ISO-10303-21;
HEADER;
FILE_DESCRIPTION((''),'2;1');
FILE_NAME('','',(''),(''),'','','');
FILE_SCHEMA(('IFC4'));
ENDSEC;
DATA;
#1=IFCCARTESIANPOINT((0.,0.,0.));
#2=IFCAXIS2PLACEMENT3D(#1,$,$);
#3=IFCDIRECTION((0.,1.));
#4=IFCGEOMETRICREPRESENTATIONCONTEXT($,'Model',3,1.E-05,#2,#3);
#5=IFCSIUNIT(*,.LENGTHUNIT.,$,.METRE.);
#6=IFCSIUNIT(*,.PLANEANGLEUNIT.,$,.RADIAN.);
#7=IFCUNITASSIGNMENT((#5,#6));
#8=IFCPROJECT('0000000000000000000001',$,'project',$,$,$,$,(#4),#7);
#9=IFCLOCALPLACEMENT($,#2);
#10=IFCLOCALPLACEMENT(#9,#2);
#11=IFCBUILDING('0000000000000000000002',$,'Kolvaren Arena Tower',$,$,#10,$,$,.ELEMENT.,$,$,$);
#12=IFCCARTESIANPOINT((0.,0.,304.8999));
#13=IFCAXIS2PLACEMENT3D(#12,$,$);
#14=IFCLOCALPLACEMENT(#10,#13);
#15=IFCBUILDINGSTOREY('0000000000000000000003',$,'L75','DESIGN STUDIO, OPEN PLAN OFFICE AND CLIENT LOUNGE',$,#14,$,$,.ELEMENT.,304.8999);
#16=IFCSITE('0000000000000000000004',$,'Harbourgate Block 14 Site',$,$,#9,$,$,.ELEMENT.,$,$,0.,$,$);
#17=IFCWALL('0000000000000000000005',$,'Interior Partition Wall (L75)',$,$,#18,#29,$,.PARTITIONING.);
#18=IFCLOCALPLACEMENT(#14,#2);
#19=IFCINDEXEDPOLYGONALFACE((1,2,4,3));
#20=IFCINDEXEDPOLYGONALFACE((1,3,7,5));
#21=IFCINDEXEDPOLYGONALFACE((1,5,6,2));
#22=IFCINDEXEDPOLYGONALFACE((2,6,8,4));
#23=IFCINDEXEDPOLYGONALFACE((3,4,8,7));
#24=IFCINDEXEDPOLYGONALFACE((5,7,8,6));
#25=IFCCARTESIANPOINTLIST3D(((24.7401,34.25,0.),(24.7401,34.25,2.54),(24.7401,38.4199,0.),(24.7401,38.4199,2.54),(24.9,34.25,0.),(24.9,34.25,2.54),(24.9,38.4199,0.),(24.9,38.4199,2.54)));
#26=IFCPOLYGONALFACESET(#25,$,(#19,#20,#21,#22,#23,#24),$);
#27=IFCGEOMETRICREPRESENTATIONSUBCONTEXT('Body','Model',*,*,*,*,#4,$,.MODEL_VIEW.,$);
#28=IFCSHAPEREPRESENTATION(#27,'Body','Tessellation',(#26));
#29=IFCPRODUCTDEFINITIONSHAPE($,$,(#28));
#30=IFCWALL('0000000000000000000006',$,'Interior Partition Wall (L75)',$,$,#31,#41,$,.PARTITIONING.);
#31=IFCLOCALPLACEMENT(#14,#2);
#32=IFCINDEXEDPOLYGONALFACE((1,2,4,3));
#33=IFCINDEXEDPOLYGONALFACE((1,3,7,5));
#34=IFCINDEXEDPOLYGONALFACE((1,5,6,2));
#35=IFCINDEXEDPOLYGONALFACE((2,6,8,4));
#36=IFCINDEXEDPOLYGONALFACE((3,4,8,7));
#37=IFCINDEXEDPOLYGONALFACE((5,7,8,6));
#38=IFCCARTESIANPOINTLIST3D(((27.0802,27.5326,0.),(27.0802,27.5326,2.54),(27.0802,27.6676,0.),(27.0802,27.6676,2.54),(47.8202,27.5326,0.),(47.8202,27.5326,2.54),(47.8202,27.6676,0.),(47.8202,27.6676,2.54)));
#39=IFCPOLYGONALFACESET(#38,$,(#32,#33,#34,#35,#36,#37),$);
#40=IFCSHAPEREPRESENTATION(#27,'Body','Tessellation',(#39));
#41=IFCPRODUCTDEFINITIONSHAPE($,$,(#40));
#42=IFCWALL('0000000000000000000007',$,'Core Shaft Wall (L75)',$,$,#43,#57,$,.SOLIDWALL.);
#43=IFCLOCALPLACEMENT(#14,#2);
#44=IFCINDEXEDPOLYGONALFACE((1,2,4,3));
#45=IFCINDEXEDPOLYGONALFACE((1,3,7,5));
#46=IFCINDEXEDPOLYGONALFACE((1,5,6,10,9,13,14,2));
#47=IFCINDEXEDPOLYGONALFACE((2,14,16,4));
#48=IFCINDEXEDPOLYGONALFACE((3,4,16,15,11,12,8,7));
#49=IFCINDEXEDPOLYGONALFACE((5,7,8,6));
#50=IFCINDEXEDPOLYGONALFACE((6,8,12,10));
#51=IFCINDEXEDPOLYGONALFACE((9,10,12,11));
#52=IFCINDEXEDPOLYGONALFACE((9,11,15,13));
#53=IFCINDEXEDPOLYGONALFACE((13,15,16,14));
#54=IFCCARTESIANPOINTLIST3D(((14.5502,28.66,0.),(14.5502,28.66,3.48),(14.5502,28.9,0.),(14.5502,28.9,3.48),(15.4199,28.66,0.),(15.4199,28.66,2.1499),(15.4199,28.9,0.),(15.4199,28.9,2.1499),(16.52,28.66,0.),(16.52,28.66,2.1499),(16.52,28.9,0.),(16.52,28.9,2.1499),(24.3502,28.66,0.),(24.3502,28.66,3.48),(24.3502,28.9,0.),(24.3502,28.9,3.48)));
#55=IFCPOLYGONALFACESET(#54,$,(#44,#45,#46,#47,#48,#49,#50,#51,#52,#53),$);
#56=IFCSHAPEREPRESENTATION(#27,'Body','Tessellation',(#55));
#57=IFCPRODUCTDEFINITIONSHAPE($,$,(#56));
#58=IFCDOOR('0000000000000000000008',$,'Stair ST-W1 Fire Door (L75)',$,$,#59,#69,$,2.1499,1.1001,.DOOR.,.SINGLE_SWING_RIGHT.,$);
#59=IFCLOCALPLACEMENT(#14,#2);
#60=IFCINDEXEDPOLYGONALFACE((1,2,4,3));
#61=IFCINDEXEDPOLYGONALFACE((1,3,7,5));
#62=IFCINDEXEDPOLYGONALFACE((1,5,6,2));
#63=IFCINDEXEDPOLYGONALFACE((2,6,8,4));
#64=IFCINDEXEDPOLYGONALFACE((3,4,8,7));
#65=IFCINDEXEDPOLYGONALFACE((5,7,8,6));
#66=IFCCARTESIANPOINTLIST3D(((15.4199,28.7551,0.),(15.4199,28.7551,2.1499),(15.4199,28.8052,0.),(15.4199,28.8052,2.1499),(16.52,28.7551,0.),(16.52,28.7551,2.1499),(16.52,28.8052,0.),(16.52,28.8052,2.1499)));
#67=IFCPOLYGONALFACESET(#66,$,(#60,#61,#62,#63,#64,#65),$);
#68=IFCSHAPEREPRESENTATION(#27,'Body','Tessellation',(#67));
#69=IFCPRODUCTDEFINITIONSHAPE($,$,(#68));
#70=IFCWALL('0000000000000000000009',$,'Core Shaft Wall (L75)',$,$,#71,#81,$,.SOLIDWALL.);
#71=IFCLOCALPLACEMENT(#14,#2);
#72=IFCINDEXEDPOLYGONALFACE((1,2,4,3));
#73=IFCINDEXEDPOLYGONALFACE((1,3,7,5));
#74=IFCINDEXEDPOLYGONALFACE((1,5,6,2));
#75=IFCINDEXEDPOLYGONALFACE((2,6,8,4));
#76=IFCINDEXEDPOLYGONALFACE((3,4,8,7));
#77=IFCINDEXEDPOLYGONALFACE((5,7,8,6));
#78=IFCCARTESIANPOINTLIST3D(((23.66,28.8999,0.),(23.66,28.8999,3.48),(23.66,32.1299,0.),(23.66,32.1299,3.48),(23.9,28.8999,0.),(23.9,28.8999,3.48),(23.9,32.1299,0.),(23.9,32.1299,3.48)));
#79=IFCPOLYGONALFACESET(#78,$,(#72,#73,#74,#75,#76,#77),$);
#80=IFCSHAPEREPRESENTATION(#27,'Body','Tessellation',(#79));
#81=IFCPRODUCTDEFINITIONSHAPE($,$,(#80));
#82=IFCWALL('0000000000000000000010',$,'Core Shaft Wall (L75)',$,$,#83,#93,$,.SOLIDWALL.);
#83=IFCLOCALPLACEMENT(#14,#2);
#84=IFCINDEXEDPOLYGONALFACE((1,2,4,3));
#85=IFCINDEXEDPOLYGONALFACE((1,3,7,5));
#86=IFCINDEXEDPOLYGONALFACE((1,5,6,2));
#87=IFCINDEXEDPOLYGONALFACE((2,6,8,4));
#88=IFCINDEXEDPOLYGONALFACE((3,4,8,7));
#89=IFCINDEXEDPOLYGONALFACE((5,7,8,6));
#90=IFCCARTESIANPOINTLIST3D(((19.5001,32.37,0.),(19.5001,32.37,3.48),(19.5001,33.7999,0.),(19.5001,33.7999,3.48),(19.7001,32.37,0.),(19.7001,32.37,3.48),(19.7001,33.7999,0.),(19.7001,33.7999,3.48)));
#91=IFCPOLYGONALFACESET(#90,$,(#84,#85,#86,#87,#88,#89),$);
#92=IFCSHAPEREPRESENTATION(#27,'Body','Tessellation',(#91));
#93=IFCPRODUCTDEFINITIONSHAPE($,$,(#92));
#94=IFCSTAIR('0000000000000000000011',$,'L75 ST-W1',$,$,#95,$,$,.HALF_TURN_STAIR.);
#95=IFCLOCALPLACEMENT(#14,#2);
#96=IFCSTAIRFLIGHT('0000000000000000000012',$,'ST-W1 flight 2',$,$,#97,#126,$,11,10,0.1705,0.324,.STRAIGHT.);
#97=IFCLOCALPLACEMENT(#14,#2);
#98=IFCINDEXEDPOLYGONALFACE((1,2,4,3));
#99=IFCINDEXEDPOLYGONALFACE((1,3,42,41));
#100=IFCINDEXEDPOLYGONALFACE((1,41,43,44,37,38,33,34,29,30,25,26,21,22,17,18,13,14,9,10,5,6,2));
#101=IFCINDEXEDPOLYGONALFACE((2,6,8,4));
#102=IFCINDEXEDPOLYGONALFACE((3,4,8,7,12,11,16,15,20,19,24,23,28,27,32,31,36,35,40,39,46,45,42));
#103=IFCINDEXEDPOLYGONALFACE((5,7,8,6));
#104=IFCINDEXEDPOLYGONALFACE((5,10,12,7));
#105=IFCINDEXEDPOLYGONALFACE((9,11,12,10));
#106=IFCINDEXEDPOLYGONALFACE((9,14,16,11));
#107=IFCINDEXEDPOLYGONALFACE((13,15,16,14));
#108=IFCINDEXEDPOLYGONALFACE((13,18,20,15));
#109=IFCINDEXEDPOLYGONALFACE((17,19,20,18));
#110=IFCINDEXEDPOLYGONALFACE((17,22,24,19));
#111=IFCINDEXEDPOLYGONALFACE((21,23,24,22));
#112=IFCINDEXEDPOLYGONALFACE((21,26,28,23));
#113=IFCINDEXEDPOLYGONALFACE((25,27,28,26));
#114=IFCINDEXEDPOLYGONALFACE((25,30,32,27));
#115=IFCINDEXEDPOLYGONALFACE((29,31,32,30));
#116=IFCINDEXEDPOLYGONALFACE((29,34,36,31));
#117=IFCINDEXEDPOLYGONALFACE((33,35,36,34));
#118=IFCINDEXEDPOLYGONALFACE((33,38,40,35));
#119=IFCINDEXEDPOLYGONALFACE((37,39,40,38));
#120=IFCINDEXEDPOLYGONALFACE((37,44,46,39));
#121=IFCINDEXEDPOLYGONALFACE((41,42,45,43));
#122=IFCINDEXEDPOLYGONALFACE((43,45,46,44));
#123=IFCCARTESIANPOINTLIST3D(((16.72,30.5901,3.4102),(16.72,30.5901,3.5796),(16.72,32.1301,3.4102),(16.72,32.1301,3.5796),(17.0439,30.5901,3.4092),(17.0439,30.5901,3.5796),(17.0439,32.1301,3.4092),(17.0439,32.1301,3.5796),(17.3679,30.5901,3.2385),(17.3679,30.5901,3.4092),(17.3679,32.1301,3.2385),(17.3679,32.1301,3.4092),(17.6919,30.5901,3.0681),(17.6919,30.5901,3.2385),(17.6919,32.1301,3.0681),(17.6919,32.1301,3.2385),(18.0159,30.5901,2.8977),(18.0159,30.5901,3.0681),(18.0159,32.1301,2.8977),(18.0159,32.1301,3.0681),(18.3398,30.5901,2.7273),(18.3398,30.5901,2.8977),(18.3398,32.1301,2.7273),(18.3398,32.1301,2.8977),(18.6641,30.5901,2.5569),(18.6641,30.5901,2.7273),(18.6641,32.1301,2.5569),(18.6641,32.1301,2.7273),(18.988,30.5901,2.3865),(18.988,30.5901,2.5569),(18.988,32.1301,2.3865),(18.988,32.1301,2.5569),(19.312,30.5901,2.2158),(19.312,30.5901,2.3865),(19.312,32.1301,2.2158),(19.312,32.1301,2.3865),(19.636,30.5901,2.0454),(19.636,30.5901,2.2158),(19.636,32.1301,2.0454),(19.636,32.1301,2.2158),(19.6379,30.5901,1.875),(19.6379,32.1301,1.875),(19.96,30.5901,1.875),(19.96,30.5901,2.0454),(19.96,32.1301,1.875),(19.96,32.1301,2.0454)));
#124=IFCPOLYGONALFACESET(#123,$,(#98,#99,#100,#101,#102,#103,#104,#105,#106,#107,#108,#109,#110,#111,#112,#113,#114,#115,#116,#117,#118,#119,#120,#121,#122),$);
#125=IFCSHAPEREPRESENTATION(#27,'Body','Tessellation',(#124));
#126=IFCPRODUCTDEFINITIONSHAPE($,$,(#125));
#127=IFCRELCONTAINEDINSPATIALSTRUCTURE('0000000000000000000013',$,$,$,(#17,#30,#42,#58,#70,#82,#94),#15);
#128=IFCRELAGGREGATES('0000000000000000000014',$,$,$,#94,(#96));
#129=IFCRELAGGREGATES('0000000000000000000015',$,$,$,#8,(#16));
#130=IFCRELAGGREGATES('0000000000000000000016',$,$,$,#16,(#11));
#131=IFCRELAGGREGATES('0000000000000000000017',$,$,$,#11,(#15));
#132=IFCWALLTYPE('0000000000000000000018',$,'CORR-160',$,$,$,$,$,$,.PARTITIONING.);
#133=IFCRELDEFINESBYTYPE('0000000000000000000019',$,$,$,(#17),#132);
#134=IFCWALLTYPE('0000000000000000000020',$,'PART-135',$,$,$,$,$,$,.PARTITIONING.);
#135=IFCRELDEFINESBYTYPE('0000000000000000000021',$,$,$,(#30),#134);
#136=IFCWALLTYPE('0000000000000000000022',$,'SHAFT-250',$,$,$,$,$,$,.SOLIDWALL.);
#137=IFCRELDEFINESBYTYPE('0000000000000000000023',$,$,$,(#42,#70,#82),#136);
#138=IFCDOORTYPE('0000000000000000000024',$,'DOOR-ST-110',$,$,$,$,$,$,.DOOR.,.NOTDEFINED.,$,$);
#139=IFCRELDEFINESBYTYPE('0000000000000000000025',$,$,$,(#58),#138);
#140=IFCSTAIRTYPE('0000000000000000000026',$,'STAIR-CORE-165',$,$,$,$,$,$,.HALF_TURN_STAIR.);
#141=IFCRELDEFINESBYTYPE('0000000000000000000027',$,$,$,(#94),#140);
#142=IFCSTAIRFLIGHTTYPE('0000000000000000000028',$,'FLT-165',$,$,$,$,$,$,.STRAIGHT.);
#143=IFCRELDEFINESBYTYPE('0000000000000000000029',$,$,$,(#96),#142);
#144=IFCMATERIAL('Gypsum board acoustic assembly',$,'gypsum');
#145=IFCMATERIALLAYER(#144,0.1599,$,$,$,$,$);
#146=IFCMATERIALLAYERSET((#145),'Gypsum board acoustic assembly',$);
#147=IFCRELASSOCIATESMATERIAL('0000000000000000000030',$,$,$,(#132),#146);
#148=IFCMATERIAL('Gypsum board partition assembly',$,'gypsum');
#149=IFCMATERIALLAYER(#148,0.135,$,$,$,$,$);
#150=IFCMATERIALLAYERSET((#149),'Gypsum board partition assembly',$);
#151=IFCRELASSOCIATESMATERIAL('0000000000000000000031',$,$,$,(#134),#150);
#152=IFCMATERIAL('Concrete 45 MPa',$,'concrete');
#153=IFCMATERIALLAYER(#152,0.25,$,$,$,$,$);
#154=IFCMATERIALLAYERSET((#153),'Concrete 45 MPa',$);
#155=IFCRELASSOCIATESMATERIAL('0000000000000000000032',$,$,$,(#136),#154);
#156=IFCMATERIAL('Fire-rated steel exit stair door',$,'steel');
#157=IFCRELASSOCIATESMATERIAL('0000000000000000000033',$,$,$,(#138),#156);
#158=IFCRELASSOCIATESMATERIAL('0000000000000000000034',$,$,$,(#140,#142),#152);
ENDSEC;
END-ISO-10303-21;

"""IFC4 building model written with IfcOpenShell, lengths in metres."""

from ifc_helpers import new_model, si_unit, direction, frame, frame_2d, origin, place, context, subcontext, project, spatial, polyline, rectangle, outline, extrude, material, layer, layer_set, type_object, element, fill, aggregate, save


model = new_model("IFC4")

# Units and contexts
model_context = context("Model", 3, precision=1e-05, world=origin(), true_north=direction((0.0, 1.0)))
body_context = subcontext(model_context, "Body", "Model", "MODEL_VIEW")
ifc_project = project(units=[si_unit("LENGTHUNIT", "METRE"), si_unit("PLANEANGLEUNIT", "RADIAN")], contexts=[model_context])

# Site, building, storey
site_placement = place(None, origin())
site = spatial("IfcSite", under=ifc_project, at=site_placement, Name="Harbourgate Block 14 Site", CompositionType="ELEMENT", RefElevation=0.0)
building_placement = place(site_placement, origin())
building = spatial("IfcBuilding", under=site, at=building_placement, Name="Kolvaren Arena Tower", CompositionType="ELEMENT")
storey_placement = place(building_placement, frame((0.0, 0.0, 304.8999)))
storey = spatial("IfcBuildingStorey", under=building, at=storey_placement, Name="L75", Description="DESIGN STUDIO, OPEN PLAN OFFICE AND CLIENT LOUNGE", CompositionType="ELEMENT", Elevation=304.8999)

# Walls
ifc_material_1 = material(Name="Gypsum board acoustic assembly", Category="gypsum")
ifc_layer_1 = layer(ifc_material_1, 0.1599)
ifc_layer_set_1 = layer_set([ifc_layer_1], Name="Gypsum board acoustic assembly")
wall_type_1 = type_object("IfcWallType", Name="CORR-160", PredefinedType="PARTITIONING", material=ifc_layer_set_1)
wall_1_placement = place(storey_placement, frame((24.8201, 34.25, 0.0), z_axis=(0.0, 0.0, 1.0), x_axis=(0.0, 1.0, 0.0)))
element("IfcWall", 1, at=wall_1_placement, inside=storey, type_object=wall_type_1, Name="Interior Partition Wall (L75)", PredefinedType="PARTITIONING", context=body_context, shape_type="SweptSolid", body=[
    extrude(rectangle(XDim=4.1699, YDim=0.1599, at=frame_2d((2.085, 0.0))), origin(), (0.0, 0.0, 1.0), 2.54),
])
ifc_material_2 = material(Name="Gypsum board partition assembly", Category="gypsum")
ifc_layer_2 = layer(ifc_material_2, 0.135)
ifc_layer_set_2 = layer_set([ifc_layer_2], Name="Gypsum board partition assembly")
wall_type_2 = type_object("IfcWallType", Name="PART-135", PredefinedType="PARTITIONING", material=ifc_layer_set_2)
wall_2_placement = place(storey_placement, frame((27.0801, 27.6001, 0.0), z_axis=(0.0, 0.0, 1.0), x_axis=(1.0, 0.0, 0.0)))
element("IfcWall", 2, at=wall_2_placement, inside=storey, type_object=wall_type_2, Name="Interior Partition Wall (L75)", PredefinedType="PARTITIONING", context=body_context, shape_type="SweptSolid", body=[
    extrude(rectangle(XDim=20.74, YDim=0.135, at=frame_2d((10.3701, 0.0))), origin(), (0.0, 0.0, 1.0), 2.54),
])

# Wall, opening, door
ifc_material_3 = material(Name="Concrete 45 MPa", Category="concrete")
ifc_layer_3 = layer(ifc_material_3, 0.25)
ifc_layer_set_3 = layer_set([ifc_layer_3], Name="Concrete 45 MPa")
wall_type_3 = type_object("IfcWallType", Name="SHAFT-250", PredefinedType="SOLIDWALL", material=ifc_layer_set_3)
wall_3_placement = place(storey_placement, frame((24.3501, 28.78, 0.0), z_axis=(0.0, 0.0, 1.0), x_axis=(-1.0, 0.0, 0.0)))
wall_3 = element("IfcWall", 3, at=wall_3_placement, inside=storey, type_object=wall_type_3, Name="Core Shaft Wall (L75)", PredefinedType="SOLIDWALL", context=body_context, shape_type="SweptSolid", body=[
    extrude(rectangle(XDim=9.8, YDim=0.24, at=frame_2d((4.8999, 0.0))), origin(), (0.0, 0.0, 1.0), 3.48),
])
opening_placement = place(wall_3_placement, frame((7.8301, 0.0, 0.0)))
opening = element("IfcOpeningElement", 4, at=opening_placement, cuts=wall_3, PredefinedType="OPENING", context=body_context, shape_type="SweptSolid", body=[
    extrude(rectangle(XDim=1.1001, YDim=2.1499, at=frame_2d((0.55, 1.075))), frame((0.0, 0.1299, 0.0), z_axis=(0.0, -1.0, 0.0), x_axis=(1.0, 0.0, 0.0)), (0.0, 0.0, 1.0), 0.26),
])
ifc_material_4 = material(Name="Fire-rated steel exit stair door", Category="steel")
door_type = type_object("IfcDoorType", Name="DOOR-ST-110", OperationType="NOTDEFINED", PredefinedType="DOOR", material=ifc_material_4)
door_placement = place(opening_placement, origin())
door = element("IfcDoor", 5, at=door_placement, inside=storey, type_object=door_type, Name="Stair ST-W1 Fire Door (L75)", OperationType="SINGLE_SWING_RIGHT", OverallHeight=2.1499, OverallWidth=1.1001, PredefinedType="DOOR", context=body_context, shape_type="SweptSolid", body=[
    extrude(rectangle(XDim=1.1001, YDim=2.1499, at=frame_2d((0.55, 1.075))), frame((0.0, 0.0249, 0.0), z_axis=(0.0, -1.0, 0.0), x_axis=(1.0, 0.0, 0.0)), (0.0, 0.0, 1.0), 0.05),
])
fill(opening, door)

# Walls
wall_4_placement = place(storey_placement, frame((23.78, 28.8999, 0.0), z_axis=(0.0, 0.0, 1.0), x_axis=(0.0, 1.0, 0.0)))
element("IfcWall", 6, at=wall_4_placement, inside=storey, type_object=wall_type_3, Name="Core Shaft Wall (L75)", PredefinedType="SOLIDWALL", context=body_context, shape_type="SweptSolid", body=[
    extrude(rectangle(XDim=3.23, YDim=0.24, at=frame_2d((1.615, 0.0))), origin(), (0.0, 0.0, 1.0), 3.48),
])
wall_5_placement = place(storey_placement, frame((19.6001, 32.3701, 0.0), z_axis=(0.0, 0.0, 1.0), x_axis=(0.0, 1.0, 0.0)))
element("IfcWall", 7, at=wall_5_placement, inside=storey, type_object=wall_type_3, Name="Core Shaft Wall (L75)", PredefinedType="SOLIDWALL", context=body_context, shape_type="SweptSolid", body=[
    extrude(rectangle(XDim=1.4299, YDim=0.2, at=frame_2d((0.7148, 0.0))), origin(), (0.0, 0.0, 1.0), 3.48),
])

# Stair, stair flight
stair_type = type_object("IfcStairType", Name="STAIR-CORE-165", PredefinedType="HALF_TURN_STAIR", material=ifc_material_3)
stair_placement = place(storey_placement, origin())
stair = element("IfcStair", 8, at=stair_placement, inside=storey, type_object=stair_type, Name="L75 ST-W1", PredefinedType="HALF_TURN_STAIR")
stair_flight_type = type_object("IfcStairFlightType", Name="FLT-165", PredefinedType="STRAIGHT", material=ifc_material_3)
stair_flight_placement = place(storey_placement, frame((19.96, 31.3601, 1.875), z_axis=(0.0, 0.0, 1.0), x_axis=(-1.0, 0.0, 0.0)))
stair_flight = element("IfcStairFlight", 9, at=stair_flight_placement, type_object=stair_flight_type, Name="ST-W1 flight 2", NumberOfRisers=11, NumberOfTreads=10, PredefinedType="STRAIGHT", RiserHeight=0.1705, TreadLength=0.324, context=body_context, shape_type="SweptSolid", body=[
    extrude(outline(polyline([(0.0, 0.0), (0.0, 0.1704), (0.324, 0.1704), (0.324, 0.3408), (0.6479, 0.3408), (0.6479, 0.5115), (0.9719, 0.5115), (0.9719, 0.6819), (1.2959, 0.6819), (1.2959, 0.8523), (1.6201, 0.8523), (1.6201, 1.0227), (1.9441, 1.0227), (1.9441, 1.1931), (2.2681, 1.1931), (2.2681, 1.3635), (2.592, 1.3635), (2.592, 1.5342), (2.916, 1.5342), (2.916, 1.7046), (3.24, 1.7046), (3.24, 1.875), (3.24, 1.5352), (0.322, 0.0), (0.0, 0.0)])), frame((0.0, 0.77, 0.0), z_axis=(0.0, -1.0, 0.0), x_axis=(1.0, 0.0, 0.0)), (0.0, 0.0, 1.0), 1.54),
])
aggregate(stair, [stair_flight])

save(model, "model.ifc")
